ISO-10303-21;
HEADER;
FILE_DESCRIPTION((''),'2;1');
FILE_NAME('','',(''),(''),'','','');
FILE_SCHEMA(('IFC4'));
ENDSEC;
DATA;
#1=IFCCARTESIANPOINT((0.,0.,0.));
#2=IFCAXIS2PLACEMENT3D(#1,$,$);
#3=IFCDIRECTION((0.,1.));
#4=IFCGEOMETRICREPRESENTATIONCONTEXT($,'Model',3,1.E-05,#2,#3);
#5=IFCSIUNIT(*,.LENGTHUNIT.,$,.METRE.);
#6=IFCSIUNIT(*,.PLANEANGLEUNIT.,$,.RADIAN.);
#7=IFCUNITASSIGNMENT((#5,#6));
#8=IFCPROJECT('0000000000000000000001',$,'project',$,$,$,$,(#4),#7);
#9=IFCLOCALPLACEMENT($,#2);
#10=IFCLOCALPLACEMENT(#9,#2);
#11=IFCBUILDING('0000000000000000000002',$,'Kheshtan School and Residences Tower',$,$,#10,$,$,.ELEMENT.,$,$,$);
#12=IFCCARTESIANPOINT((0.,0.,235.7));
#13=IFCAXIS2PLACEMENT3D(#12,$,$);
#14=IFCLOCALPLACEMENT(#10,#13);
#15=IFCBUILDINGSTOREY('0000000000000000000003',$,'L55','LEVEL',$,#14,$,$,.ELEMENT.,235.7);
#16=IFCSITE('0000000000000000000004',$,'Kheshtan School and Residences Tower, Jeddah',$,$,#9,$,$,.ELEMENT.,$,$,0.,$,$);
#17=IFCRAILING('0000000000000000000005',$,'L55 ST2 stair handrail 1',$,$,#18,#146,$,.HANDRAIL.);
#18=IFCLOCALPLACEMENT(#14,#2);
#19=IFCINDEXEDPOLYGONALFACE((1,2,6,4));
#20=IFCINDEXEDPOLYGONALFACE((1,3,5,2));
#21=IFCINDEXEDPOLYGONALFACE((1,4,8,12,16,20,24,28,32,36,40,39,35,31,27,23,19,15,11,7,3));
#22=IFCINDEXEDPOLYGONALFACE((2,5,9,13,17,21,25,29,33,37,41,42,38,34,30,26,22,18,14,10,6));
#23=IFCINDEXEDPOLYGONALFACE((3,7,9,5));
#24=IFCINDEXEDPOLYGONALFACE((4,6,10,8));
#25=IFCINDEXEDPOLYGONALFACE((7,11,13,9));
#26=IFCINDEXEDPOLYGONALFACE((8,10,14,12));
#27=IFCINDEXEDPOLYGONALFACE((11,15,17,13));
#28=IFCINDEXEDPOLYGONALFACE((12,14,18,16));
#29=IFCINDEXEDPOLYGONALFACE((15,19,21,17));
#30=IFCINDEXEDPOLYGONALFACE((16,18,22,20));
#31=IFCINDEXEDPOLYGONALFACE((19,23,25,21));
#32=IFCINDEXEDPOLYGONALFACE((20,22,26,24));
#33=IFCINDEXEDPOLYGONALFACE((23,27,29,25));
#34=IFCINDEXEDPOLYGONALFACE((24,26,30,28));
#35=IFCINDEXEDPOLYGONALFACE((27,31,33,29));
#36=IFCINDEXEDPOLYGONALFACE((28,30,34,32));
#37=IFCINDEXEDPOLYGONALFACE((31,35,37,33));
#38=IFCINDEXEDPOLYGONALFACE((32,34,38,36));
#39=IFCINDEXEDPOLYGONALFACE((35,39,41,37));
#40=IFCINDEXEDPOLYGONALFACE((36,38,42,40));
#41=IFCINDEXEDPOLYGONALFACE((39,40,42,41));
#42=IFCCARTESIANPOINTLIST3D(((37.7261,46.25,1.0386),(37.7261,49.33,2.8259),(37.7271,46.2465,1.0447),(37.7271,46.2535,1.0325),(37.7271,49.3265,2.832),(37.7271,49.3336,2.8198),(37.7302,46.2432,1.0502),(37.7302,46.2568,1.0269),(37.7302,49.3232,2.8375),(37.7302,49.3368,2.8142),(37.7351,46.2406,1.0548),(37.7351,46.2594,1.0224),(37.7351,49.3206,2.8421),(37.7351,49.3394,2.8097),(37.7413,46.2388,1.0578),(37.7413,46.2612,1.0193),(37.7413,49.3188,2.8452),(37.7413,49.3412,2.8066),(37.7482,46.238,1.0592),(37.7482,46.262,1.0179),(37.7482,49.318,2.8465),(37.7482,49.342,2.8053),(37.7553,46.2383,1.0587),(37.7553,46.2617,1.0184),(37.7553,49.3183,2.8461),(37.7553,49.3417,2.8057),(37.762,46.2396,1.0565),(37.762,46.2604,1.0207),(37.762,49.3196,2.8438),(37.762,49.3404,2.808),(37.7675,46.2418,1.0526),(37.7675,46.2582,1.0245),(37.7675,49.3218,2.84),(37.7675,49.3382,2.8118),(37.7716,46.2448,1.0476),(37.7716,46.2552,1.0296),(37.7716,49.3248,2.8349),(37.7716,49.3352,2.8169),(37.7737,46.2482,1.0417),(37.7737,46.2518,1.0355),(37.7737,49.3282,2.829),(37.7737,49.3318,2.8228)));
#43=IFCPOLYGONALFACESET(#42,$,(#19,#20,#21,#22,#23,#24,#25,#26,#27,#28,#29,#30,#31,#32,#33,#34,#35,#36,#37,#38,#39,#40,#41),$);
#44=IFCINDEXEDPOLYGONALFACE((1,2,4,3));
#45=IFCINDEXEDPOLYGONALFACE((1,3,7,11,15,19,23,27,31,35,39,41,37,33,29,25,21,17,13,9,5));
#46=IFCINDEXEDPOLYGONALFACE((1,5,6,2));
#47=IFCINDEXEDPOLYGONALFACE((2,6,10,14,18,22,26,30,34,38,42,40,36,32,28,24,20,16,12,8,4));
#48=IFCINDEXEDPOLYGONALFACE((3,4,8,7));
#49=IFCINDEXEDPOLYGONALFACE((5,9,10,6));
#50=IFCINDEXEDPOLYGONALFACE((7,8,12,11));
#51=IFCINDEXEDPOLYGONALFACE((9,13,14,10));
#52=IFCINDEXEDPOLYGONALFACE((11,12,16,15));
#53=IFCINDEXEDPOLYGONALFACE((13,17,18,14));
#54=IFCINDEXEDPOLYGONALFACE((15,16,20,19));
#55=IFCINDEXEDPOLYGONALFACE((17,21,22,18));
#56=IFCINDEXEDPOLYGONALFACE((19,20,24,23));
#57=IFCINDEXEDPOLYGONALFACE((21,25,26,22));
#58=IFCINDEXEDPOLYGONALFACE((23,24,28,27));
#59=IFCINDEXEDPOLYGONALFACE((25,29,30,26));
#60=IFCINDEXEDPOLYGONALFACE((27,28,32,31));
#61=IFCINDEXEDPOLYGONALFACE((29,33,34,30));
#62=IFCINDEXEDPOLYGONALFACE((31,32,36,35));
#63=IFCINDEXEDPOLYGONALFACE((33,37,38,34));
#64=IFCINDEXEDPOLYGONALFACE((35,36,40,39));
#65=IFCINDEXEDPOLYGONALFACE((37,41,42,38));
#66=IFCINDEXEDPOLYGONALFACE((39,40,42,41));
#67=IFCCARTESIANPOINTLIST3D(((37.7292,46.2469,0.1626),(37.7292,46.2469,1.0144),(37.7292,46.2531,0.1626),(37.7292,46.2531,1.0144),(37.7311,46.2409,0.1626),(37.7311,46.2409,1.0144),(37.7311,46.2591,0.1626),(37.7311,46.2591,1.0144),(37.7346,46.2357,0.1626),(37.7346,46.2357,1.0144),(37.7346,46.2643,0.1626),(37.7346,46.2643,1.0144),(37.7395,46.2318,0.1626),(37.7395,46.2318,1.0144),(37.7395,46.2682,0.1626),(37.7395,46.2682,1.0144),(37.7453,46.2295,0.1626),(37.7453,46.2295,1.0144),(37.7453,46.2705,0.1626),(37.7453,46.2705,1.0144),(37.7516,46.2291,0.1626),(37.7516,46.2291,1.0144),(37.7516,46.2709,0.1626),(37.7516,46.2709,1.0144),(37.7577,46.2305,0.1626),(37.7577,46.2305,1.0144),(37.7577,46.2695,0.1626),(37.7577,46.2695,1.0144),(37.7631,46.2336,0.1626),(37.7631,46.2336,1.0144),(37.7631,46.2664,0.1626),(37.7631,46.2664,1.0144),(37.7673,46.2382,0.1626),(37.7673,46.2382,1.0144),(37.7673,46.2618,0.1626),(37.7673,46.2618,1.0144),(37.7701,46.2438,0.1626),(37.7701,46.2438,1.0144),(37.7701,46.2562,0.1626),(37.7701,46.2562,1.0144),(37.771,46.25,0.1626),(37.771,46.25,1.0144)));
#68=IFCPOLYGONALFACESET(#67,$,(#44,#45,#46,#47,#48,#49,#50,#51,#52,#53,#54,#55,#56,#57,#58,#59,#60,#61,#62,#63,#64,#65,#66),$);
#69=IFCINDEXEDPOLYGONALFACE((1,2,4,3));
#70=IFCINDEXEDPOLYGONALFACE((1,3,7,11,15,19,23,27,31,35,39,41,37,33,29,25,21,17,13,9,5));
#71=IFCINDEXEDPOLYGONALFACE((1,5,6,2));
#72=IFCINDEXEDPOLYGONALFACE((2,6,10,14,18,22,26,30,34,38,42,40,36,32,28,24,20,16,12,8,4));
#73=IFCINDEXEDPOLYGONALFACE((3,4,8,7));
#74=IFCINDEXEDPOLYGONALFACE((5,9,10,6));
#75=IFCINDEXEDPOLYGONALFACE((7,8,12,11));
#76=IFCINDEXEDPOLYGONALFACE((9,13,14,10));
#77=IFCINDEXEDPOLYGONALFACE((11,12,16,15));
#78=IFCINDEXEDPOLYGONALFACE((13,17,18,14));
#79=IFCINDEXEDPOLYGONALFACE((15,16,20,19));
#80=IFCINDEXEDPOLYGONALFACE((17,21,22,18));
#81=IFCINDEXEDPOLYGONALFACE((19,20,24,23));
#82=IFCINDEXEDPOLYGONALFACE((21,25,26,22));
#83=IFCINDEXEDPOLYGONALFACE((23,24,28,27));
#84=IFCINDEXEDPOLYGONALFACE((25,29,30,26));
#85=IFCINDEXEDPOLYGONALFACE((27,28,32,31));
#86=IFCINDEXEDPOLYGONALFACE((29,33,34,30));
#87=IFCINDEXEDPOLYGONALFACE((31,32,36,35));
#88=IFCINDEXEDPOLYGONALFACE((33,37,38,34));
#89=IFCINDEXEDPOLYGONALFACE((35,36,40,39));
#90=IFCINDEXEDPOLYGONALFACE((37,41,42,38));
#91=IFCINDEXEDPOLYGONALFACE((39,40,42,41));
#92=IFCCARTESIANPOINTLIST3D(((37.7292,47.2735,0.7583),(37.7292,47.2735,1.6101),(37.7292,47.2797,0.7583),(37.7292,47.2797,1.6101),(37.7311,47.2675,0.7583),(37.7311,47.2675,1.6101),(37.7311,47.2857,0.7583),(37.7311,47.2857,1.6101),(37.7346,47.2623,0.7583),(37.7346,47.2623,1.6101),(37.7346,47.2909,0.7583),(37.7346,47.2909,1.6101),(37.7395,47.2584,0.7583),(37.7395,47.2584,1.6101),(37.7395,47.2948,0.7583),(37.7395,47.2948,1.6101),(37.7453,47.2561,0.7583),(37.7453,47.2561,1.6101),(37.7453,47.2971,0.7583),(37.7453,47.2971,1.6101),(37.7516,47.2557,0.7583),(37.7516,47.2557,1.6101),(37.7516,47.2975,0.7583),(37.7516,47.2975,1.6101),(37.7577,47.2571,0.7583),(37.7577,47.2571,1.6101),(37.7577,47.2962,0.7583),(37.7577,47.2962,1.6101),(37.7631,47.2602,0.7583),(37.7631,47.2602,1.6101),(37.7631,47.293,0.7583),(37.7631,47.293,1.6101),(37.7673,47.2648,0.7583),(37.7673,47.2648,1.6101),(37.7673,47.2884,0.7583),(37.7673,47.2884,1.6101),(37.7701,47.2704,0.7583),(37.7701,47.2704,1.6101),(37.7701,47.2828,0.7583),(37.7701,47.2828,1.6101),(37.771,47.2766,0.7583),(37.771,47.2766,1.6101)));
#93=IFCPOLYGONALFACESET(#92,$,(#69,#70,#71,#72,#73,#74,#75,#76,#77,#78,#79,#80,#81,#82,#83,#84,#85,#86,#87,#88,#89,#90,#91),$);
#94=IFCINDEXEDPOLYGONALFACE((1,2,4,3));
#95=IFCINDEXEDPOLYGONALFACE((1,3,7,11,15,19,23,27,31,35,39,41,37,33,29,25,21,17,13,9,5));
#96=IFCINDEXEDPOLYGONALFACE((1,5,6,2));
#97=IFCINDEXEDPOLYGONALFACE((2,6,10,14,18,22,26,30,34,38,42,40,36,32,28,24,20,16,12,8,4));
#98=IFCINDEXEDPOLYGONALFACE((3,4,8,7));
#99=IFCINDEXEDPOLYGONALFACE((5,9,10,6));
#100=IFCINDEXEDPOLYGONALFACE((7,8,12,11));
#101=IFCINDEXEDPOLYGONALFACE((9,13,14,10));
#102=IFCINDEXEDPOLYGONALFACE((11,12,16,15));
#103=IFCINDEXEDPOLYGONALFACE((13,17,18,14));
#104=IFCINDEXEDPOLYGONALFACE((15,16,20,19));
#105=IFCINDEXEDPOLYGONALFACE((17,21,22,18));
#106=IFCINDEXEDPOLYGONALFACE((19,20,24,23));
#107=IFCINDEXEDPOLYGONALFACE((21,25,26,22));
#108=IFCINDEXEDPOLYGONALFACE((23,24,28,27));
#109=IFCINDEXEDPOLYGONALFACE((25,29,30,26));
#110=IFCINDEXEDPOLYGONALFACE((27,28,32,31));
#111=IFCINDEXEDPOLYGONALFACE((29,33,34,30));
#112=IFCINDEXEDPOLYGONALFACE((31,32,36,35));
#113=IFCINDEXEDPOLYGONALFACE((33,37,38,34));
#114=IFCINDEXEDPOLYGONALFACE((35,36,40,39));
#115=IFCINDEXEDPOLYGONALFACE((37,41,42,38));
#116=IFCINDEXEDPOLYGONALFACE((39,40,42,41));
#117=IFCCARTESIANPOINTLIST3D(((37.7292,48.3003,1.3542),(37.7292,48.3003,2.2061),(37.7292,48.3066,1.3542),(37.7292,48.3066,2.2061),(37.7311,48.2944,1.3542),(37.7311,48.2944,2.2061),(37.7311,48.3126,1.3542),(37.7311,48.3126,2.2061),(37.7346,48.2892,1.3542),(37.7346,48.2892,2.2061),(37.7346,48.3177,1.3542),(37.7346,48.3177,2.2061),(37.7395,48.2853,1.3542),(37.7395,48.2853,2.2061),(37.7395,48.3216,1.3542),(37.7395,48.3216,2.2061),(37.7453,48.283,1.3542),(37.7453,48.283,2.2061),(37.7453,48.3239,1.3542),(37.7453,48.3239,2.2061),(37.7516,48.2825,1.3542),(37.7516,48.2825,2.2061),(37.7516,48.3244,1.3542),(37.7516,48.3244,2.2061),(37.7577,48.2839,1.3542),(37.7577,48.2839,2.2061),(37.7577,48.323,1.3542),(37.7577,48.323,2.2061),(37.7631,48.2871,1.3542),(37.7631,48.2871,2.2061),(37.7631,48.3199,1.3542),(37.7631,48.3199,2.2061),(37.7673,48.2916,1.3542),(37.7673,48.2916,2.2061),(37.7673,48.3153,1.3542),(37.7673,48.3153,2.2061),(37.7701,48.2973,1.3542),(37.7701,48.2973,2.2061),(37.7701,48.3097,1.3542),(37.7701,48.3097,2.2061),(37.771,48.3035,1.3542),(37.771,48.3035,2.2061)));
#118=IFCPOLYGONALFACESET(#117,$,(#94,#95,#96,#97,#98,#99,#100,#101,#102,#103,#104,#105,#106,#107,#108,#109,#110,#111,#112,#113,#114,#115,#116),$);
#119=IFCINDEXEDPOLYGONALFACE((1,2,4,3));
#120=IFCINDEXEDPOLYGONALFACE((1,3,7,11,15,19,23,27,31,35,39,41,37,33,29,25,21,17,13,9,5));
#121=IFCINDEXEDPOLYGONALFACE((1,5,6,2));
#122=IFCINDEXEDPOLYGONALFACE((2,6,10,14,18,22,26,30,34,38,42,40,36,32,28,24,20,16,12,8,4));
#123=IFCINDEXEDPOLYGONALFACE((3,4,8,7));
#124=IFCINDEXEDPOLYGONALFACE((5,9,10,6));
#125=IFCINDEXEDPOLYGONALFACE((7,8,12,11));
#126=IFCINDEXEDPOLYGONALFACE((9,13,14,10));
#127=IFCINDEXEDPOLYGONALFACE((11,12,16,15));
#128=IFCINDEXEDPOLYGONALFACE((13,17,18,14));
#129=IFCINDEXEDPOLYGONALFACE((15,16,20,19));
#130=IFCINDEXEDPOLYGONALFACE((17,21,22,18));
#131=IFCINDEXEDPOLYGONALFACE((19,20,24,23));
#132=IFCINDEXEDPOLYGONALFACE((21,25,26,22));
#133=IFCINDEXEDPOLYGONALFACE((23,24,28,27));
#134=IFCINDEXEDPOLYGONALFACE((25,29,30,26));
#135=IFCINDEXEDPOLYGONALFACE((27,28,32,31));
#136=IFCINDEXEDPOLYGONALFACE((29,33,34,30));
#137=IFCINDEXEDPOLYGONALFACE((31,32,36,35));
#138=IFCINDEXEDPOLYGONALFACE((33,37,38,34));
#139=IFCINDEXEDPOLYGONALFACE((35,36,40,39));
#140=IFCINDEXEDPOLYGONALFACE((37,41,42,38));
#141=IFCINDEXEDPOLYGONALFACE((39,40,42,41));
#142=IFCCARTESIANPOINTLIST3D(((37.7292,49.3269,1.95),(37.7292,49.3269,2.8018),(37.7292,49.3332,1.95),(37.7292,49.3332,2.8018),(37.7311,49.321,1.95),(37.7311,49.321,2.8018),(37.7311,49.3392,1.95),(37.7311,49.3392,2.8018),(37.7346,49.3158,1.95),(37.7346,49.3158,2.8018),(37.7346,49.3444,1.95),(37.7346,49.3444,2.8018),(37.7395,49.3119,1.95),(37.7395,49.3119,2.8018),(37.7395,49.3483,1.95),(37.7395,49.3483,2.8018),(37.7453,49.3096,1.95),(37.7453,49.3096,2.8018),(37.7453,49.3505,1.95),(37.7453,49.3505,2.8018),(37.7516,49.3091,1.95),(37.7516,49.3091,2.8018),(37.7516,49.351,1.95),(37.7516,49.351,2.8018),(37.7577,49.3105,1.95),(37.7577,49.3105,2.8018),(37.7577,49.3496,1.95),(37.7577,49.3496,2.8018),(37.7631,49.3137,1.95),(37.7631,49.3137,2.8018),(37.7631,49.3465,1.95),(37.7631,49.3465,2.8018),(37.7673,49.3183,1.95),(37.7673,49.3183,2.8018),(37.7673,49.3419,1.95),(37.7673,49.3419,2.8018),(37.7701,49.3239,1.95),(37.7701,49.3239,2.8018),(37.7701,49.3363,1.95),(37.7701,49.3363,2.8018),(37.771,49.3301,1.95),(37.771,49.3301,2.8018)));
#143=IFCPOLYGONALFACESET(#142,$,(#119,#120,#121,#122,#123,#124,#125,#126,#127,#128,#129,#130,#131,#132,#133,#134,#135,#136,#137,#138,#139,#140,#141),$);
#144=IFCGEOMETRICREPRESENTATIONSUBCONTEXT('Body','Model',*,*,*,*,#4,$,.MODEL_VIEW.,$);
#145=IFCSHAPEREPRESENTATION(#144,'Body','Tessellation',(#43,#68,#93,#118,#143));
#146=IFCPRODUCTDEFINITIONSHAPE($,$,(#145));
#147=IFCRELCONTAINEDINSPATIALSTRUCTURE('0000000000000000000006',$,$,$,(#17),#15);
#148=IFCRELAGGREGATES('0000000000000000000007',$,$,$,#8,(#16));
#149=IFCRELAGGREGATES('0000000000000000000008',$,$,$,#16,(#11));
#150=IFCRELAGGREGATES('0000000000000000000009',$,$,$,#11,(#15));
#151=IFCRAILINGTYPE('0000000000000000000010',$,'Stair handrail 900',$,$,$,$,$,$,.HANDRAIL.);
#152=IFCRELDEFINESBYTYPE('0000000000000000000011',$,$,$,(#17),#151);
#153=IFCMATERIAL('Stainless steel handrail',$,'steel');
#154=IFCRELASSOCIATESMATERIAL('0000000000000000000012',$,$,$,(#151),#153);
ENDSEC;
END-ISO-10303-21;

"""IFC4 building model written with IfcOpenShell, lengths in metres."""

from ifc_helpers import new_model, si_unit, direction, frame, origin, origin_2d, place, context, subcontext, project, spatial, circle, extrude, material, type_object, element, save


model = new_model("IFC4")

# Units and contexts
model_context = context("Model", 3, precision=1e-05, world=origin(), true_north=direction((0.0, 1.0)))
body_context = subcontext(model_context, "Body", "Model", "MODEL_VIEW")
ifc_project = project(units=[si_unit("LENGTHUNIT", "METRE"), si_unit("PLANEANGLEUNIT", "RADIAN")], contexts=[model_context])

# Site, building, storey
site_placement = place(None, origin())
site = spatial("IfcSite", under=ifc_project, at=site_placement, Name="Kheshtan School and Residences Tower, Jeddah", CompositionType="ELEMENT", RefElevation=0.0)
building_placement = place(site_placement, origin())
building = spatial("IfcBuilding", under=site, at=building_placement, Name="Kheshtan School and Residences Tower", CompositionType="ELEMENT")
storey_placement = place(building_placement, frame((0.0, 0.0, 235.7)))
storey = spatial("IfcBuildingStorey", under=building, at=storey_placement, Name="L55", Description="LEVEL", CompositionType="ELEMENT", Elevation=235.7)

# Railing
ifc_material_1 = material(Name="Stainless steel handrail", Category="steel")
railing_type_1 = type_object("IfcRailingType", Name="Stair handrail 900", PredefinedType="HANDRAIL", material=ifc_material_1)
railing_1_placement = place(storey_placement, frame((37.75, 46.25, 0.1626)))
element("IfcRailing", 1, at=railing_1_placement, inside=storey, type_object=railing_type_1, Name="L55 ST2 stair handrail 1", PredefinedType="HANDRAIL", context=body_context, shape_type="SweptSolid", body=[
    extrude(circle(Radius=0.0239, at=origin_2d()), frame((0.0, 0.0, 0.876), z_axis=(0.0, 0.86492, 0.501909), x_axis=(-1.0, 0.0, 0.0)), (0.0, 0.0, 1.0), 3.561),
    extrude(circle(Radius=0.021, at=origin_2d()), origin(), (0.0, 0.0, 1.0), 0.8518),
    extrude(circle(Radius=0.021, at=origin_2d()), frame((0.0, 1.0266, 0.5957)), (0.0, 0.0, 1.0), 0.8518),
    extrude(circle(Radius=0.021, at=origin_2d()), frame((0.0, 2.0535, 1.1917)), (0.0, 0.0, 1.0), 0.8518),
    extrude(circle(Radius=0.021, at=origin_2d()), frame((0.0, 3.0801, 1.7874)), (0.0, 0.0, 1.0), 0.8518),
])

save(model, "model.ifc")
